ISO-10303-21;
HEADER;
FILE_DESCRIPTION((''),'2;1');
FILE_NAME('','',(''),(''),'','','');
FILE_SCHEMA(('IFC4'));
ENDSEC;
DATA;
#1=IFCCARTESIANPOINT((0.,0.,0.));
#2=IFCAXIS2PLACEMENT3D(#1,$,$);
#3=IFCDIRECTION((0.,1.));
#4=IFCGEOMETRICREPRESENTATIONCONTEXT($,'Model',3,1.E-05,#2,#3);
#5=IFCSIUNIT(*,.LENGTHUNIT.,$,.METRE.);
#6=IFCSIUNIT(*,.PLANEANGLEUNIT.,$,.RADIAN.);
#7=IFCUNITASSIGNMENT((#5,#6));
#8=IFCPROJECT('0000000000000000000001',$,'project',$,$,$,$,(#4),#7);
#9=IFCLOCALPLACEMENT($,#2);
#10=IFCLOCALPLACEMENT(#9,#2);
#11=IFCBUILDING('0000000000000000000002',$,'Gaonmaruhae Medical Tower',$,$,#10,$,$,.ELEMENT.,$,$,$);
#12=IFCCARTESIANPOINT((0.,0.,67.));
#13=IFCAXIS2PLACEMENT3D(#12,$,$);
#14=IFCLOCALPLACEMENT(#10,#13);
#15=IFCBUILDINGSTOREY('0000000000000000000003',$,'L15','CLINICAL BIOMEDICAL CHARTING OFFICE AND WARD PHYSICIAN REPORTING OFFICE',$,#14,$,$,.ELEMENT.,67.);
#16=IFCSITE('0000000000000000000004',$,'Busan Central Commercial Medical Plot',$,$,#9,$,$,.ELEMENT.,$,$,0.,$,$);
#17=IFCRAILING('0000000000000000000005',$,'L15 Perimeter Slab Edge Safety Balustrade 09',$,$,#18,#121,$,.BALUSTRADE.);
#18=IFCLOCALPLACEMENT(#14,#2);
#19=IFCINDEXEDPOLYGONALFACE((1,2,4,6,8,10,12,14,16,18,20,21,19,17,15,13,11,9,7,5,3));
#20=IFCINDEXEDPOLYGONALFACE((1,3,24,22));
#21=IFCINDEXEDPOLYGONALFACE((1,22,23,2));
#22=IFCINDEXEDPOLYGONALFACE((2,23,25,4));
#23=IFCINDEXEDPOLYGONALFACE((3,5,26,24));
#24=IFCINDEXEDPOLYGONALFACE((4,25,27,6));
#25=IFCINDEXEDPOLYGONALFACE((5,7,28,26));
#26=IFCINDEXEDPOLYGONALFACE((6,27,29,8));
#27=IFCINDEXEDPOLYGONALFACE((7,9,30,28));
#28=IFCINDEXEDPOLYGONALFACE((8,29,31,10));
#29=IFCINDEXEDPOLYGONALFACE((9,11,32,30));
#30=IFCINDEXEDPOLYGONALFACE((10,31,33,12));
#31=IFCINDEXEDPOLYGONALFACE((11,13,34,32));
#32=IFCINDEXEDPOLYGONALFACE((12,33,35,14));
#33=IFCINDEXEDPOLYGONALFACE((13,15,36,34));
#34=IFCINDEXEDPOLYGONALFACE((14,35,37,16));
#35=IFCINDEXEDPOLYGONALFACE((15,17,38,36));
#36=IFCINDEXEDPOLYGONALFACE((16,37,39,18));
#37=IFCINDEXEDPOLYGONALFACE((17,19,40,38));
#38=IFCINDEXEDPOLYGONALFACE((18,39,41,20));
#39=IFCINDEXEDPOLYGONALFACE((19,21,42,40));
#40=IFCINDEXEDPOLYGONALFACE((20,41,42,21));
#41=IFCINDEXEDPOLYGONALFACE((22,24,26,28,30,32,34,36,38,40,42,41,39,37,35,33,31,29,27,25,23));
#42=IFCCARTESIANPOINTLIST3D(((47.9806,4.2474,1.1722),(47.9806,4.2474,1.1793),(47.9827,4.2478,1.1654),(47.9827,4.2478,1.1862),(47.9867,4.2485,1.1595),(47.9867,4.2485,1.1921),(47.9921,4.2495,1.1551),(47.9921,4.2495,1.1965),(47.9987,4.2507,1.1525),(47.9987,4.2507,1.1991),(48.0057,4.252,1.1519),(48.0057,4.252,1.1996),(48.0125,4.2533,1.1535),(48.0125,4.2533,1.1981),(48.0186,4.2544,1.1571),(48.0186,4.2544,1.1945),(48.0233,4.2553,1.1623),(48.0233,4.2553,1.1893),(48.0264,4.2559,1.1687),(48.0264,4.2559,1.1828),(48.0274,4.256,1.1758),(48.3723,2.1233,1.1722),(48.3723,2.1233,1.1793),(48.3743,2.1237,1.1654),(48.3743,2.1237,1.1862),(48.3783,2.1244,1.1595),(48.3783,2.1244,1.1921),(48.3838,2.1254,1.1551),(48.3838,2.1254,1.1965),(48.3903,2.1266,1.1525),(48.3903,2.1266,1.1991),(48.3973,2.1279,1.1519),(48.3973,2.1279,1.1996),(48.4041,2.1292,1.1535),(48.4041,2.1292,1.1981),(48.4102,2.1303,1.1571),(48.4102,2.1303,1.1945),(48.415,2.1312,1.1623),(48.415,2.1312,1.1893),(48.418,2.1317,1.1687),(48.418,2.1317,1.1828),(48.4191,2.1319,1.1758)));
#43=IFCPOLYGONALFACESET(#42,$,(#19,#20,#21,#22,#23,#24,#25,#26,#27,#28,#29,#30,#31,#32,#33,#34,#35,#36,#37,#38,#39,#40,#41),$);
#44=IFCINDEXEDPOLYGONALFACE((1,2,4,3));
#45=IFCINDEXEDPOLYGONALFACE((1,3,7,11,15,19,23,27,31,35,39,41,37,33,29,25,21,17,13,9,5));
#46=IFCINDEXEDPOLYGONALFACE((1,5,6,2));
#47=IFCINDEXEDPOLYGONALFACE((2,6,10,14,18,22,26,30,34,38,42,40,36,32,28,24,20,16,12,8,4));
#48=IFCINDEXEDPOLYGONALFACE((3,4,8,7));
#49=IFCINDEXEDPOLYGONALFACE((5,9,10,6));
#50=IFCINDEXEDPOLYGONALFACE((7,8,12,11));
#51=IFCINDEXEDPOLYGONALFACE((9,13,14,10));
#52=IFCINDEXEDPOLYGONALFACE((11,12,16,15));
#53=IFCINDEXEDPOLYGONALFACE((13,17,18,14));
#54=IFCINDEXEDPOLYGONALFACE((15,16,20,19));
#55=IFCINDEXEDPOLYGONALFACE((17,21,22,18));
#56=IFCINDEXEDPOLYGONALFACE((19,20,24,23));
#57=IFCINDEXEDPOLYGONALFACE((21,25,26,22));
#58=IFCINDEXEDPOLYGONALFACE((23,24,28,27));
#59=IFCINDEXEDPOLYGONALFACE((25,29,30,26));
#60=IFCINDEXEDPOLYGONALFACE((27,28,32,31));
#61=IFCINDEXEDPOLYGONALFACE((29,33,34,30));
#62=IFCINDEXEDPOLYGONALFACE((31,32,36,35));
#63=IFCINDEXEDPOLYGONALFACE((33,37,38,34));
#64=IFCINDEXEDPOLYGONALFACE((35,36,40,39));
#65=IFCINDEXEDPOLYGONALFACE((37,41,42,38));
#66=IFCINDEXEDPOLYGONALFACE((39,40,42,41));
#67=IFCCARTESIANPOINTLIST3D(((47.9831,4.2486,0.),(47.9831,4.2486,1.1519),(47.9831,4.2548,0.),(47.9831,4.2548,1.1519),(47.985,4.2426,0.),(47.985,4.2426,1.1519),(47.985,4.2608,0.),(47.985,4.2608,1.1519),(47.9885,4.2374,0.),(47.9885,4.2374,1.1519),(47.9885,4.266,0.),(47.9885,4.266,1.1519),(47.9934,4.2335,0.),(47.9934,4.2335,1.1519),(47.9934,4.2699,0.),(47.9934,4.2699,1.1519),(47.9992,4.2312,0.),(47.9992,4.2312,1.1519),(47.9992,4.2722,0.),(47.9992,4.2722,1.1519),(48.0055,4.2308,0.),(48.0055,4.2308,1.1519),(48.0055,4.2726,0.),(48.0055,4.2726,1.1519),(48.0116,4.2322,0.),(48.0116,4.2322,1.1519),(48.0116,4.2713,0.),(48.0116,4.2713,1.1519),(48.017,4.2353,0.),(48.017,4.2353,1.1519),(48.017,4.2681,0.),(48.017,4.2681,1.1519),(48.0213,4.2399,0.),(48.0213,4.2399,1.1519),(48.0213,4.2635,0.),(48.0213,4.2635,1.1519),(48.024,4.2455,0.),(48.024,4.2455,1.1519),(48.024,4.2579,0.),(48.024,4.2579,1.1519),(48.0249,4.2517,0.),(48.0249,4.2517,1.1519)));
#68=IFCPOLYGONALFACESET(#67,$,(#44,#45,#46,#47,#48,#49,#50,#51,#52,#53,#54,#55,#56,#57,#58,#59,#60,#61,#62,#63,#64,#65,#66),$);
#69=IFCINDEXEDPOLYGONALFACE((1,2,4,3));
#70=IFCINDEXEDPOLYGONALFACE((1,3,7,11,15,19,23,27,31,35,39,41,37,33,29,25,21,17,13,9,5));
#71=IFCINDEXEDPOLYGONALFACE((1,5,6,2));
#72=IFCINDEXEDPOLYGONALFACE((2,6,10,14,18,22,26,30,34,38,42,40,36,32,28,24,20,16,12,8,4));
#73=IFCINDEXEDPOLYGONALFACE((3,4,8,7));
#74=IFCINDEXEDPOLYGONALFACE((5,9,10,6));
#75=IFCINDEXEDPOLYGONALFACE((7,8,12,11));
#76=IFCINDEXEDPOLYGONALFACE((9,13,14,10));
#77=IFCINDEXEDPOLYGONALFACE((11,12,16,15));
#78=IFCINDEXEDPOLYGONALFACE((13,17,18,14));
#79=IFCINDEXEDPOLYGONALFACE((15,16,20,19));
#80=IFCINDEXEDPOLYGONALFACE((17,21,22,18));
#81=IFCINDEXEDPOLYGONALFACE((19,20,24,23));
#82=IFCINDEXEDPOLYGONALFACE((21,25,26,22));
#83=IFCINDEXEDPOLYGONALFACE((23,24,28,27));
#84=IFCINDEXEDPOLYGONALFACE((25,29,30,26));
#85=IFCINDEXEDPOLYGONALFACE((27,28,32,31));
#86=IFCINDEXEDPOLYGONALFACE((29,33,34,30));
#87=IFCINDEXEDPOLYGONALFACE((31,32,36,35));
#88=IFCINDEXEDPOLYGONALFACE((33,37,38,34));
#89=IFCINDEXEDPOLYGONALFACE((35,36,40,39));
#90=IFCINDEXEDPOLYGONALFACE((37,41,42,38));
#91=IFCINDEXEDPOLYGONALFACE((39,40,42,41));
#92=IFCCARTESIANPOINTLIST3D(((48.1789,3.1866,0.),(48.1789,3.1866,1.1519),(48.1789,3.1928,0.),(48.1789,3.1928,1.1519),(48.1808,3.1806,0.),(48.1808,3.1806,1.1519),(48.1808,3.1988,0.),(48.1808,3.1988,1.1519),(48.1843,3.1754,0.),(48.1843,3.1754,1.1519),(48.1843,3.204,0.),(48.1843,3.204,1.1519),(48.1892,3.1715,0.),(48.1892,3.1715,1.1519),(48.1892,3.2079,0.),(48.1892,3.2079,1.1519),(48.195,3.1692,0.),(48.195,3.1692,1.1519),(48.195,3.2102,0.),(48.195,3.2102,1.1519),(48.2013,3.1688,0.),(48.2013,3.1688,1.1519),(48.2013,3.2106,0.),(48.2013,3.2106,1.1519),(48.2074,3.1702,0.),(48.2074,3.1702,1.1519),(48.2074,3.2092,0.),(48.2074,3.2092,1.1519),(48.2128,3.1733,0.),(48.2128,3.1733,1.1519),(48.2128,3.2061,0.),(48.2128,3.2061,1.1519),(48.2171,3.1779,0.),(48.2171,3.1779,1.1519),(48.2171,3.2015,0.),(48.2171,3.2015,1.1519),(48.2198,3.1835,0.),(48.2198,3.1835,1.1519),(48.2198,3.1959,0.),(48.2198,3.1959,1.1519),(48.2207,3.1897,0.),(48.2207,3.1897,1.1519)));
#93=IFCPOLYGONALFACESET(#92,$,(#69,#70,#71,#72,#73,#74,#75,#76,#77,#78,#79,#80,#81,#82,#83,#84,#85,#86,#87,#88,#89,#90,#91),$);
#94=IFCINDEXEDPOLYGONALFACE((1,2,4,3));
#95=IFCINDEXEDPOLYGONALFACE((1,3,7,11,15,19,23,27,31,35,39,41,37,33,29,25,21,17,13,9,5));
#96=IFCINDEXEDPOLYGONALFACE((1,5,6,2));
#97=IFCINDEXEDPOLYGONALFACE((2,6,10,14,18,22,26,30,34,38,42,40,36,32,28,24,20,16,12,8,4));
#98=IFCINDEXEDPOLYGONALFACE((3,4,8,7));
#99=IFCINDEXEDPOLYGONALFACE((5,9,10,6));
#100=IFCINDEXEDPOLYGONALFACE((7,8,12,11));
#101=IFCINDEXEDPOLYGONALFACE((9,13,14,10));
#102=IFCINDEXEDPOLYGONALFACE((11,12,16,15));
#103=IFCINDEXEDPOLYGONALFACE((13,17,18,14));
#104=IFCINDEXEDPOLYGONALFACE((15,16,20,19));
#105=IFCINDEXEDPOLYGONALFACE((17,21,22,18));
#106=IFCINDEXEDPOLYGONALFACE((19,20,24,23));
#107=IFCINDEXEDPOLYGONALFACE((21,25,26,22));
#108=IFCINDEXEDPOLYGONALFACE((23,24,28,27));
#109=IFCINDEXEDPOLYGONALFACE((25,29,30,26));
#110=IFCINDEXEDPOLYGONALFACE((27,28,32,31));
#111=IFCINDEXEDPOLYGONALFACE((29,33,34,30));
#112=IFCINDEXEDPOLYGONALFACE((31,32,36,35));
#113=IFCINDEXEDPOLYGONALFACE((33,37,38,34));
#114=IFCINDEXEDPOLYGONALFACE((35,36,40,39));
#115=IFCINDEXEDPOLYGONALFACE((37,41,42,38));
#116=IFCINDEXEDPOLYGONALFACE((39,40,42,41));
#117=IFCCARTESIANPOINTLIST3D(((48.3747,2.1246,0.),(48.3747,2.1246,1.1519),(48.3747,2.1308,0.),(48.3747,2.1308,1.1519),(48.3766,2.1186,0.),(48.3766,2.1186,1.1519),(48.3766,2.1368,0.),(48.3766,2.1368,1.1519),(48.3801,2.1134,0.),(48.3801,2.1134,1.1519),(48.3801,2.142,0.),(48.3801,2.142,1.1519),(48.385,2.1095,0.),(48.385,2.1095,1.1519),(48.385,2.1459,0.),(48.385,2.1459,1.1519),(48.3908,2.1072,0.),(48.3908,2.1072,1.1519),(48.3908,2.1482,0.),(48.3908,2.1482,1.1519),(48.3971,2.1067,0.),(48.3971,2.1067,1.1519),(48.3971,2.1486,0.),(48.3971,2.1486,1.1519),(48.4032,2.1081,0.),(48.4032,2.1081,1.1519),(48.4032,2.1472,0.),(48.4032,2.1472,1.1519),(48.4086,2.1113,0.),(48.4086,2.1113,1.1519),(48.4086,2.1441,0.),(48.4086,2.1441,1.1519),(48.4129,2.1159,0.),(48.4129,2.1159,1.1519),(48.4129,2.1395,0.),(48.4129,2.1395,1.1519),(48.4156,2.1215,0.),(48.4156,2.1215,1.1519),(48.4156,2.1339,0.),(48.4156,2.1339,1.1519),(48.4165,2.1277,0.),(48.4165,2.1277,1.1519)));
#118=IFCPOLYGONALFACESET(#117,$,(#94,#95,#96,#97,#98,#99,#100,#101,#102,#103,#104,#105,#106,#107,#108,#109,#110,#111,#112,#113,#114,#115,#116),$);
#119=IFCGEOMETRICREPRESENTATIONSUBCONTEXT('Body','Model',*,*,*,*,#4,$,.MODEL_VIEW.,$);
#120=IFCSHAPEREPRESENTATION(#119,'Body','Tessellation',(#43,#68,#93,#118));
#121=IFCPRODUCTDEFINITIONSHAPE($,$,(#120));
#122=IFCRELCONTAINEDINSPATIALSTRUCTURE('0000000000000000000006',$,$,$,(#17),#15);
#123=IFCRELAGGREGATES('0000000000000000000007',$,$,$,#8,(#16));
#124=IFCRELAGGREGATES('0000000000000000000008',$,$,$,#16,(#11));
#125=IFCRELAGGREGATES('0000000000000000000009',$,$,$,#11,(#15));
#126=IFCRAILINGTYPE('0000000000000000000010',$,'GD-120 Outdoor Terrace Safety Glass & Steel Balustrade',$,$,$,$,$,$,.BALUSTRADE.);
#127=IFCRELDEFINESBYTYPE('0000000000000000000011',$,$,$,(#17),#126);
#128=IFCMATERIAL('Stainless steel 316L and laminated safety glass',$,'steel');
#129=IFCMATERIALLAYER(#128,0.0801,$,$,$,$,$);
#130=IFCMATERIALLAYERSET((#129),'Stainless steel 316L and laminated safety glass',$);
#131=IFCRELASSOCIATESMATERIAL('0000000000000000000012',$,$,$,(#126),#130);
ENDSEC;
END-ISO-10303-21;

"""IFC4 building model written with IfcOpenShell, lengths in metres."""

from ifc_helpers import new_model, si_unit, direction, frame, origin, origin_2d, place, context, subcontext, project, spatial, circle, extrude, material, layer, layer_set, type_object, element, save


model = new_model("IFC4")

# Units and contexts
model_context = context("Model", 3, precision=1e-05, world=origin(), true_north=direction((0.0, 1.0)))
body_context = subcontext(model_context, "Body", "Model", "MODEL_VIEW")
ifc_project = project(units=[si_unit("LENGTHUNIT", "METRE"), si_unit("PLANEANGLEUNIT", "RADIAN")], contexts=[model_context])

# Site, building, storey
site_placement = place(None, origin())
site = spatial("IfcSite", under=ifc_project, at=site_placement, Name="Busan Central Commercial Medical Plot", CompositionType="ELEMENT", RefElevation=0.0)
building_placement = place(site_placement, origin())
building = spatial("IfcBuilding", under=site, at=building_placement, Name="Gaonmaruhae Medical Tower", CompositionType="ELEMENT")
storey_placement = place(building_placement, frame((0.0, 0.0, 67.0)))
storey = spatial("IfcBuildingStorey", under=building, at=storey_placement, Name="L15", Description="CLINICAL BIOMEDICAL CHARTING OFFICE AND WARD PHYSICIAN REPORTING OFFICE", CompositionType="ELEMENT", Elevation=67.0)

# Railing
ifc_material_1 = material(Name="Stainless steel 316L and laminated safety glass", Category="steel")
ifc_layer_1 = layer(ifc_material_1, 0.0801)
ifc_layer_set_1 = layer_set([ifc_layer_1], Name="Stainless steel 316L and laminated safety glass")
railing_type = type_object("IfcRailingType", Name="GD-120 Outdoor Terrace Safety Glass & Steel Balustrade", PredefinedType="BALUSTRADE", material=ifc_layer_set_1)
railing_1_placement = place(storey_placement, frame((48.0039, 4.2517, 0.0)))
element("IfcRailing", 1, at=railing_1_placement, inside=storey, type_object=railing_type, Name="L15 Perimeter Slab Edge Safety Balustrade 09", PredefinedType="BALUSTRADE", context=body_context, shape_type="SweptSolid", body=[
    extrude(circle(Radius=0.0239, at=origin_2d()), frame((0.0, 0.0, 1.1758), z_axis=(0.181312, -0.983426, 0.0), x_axis=(0.983426, 0.181312, 0.0)), (0.0, 0.0, 1.0), 2.1599),
    extrude(circle(Radius=0.021, at=origin_2d()), origin(), (0.0, 0.0, 1.0), 1.1519),
    extrude(circle(Radius=0.021, at=origin_2d()), frame((0.1958, -1.062, 0.0)), (0.0, 0.0, 1.0), 1.1519),
    extrude(circle(Radius=0.021, at=origin_2d()), frame((0.3916, -2.124, 0.0)), (0.0, 0.0, 1.0), 1.1519),
])

save(model, "model.ifc")
